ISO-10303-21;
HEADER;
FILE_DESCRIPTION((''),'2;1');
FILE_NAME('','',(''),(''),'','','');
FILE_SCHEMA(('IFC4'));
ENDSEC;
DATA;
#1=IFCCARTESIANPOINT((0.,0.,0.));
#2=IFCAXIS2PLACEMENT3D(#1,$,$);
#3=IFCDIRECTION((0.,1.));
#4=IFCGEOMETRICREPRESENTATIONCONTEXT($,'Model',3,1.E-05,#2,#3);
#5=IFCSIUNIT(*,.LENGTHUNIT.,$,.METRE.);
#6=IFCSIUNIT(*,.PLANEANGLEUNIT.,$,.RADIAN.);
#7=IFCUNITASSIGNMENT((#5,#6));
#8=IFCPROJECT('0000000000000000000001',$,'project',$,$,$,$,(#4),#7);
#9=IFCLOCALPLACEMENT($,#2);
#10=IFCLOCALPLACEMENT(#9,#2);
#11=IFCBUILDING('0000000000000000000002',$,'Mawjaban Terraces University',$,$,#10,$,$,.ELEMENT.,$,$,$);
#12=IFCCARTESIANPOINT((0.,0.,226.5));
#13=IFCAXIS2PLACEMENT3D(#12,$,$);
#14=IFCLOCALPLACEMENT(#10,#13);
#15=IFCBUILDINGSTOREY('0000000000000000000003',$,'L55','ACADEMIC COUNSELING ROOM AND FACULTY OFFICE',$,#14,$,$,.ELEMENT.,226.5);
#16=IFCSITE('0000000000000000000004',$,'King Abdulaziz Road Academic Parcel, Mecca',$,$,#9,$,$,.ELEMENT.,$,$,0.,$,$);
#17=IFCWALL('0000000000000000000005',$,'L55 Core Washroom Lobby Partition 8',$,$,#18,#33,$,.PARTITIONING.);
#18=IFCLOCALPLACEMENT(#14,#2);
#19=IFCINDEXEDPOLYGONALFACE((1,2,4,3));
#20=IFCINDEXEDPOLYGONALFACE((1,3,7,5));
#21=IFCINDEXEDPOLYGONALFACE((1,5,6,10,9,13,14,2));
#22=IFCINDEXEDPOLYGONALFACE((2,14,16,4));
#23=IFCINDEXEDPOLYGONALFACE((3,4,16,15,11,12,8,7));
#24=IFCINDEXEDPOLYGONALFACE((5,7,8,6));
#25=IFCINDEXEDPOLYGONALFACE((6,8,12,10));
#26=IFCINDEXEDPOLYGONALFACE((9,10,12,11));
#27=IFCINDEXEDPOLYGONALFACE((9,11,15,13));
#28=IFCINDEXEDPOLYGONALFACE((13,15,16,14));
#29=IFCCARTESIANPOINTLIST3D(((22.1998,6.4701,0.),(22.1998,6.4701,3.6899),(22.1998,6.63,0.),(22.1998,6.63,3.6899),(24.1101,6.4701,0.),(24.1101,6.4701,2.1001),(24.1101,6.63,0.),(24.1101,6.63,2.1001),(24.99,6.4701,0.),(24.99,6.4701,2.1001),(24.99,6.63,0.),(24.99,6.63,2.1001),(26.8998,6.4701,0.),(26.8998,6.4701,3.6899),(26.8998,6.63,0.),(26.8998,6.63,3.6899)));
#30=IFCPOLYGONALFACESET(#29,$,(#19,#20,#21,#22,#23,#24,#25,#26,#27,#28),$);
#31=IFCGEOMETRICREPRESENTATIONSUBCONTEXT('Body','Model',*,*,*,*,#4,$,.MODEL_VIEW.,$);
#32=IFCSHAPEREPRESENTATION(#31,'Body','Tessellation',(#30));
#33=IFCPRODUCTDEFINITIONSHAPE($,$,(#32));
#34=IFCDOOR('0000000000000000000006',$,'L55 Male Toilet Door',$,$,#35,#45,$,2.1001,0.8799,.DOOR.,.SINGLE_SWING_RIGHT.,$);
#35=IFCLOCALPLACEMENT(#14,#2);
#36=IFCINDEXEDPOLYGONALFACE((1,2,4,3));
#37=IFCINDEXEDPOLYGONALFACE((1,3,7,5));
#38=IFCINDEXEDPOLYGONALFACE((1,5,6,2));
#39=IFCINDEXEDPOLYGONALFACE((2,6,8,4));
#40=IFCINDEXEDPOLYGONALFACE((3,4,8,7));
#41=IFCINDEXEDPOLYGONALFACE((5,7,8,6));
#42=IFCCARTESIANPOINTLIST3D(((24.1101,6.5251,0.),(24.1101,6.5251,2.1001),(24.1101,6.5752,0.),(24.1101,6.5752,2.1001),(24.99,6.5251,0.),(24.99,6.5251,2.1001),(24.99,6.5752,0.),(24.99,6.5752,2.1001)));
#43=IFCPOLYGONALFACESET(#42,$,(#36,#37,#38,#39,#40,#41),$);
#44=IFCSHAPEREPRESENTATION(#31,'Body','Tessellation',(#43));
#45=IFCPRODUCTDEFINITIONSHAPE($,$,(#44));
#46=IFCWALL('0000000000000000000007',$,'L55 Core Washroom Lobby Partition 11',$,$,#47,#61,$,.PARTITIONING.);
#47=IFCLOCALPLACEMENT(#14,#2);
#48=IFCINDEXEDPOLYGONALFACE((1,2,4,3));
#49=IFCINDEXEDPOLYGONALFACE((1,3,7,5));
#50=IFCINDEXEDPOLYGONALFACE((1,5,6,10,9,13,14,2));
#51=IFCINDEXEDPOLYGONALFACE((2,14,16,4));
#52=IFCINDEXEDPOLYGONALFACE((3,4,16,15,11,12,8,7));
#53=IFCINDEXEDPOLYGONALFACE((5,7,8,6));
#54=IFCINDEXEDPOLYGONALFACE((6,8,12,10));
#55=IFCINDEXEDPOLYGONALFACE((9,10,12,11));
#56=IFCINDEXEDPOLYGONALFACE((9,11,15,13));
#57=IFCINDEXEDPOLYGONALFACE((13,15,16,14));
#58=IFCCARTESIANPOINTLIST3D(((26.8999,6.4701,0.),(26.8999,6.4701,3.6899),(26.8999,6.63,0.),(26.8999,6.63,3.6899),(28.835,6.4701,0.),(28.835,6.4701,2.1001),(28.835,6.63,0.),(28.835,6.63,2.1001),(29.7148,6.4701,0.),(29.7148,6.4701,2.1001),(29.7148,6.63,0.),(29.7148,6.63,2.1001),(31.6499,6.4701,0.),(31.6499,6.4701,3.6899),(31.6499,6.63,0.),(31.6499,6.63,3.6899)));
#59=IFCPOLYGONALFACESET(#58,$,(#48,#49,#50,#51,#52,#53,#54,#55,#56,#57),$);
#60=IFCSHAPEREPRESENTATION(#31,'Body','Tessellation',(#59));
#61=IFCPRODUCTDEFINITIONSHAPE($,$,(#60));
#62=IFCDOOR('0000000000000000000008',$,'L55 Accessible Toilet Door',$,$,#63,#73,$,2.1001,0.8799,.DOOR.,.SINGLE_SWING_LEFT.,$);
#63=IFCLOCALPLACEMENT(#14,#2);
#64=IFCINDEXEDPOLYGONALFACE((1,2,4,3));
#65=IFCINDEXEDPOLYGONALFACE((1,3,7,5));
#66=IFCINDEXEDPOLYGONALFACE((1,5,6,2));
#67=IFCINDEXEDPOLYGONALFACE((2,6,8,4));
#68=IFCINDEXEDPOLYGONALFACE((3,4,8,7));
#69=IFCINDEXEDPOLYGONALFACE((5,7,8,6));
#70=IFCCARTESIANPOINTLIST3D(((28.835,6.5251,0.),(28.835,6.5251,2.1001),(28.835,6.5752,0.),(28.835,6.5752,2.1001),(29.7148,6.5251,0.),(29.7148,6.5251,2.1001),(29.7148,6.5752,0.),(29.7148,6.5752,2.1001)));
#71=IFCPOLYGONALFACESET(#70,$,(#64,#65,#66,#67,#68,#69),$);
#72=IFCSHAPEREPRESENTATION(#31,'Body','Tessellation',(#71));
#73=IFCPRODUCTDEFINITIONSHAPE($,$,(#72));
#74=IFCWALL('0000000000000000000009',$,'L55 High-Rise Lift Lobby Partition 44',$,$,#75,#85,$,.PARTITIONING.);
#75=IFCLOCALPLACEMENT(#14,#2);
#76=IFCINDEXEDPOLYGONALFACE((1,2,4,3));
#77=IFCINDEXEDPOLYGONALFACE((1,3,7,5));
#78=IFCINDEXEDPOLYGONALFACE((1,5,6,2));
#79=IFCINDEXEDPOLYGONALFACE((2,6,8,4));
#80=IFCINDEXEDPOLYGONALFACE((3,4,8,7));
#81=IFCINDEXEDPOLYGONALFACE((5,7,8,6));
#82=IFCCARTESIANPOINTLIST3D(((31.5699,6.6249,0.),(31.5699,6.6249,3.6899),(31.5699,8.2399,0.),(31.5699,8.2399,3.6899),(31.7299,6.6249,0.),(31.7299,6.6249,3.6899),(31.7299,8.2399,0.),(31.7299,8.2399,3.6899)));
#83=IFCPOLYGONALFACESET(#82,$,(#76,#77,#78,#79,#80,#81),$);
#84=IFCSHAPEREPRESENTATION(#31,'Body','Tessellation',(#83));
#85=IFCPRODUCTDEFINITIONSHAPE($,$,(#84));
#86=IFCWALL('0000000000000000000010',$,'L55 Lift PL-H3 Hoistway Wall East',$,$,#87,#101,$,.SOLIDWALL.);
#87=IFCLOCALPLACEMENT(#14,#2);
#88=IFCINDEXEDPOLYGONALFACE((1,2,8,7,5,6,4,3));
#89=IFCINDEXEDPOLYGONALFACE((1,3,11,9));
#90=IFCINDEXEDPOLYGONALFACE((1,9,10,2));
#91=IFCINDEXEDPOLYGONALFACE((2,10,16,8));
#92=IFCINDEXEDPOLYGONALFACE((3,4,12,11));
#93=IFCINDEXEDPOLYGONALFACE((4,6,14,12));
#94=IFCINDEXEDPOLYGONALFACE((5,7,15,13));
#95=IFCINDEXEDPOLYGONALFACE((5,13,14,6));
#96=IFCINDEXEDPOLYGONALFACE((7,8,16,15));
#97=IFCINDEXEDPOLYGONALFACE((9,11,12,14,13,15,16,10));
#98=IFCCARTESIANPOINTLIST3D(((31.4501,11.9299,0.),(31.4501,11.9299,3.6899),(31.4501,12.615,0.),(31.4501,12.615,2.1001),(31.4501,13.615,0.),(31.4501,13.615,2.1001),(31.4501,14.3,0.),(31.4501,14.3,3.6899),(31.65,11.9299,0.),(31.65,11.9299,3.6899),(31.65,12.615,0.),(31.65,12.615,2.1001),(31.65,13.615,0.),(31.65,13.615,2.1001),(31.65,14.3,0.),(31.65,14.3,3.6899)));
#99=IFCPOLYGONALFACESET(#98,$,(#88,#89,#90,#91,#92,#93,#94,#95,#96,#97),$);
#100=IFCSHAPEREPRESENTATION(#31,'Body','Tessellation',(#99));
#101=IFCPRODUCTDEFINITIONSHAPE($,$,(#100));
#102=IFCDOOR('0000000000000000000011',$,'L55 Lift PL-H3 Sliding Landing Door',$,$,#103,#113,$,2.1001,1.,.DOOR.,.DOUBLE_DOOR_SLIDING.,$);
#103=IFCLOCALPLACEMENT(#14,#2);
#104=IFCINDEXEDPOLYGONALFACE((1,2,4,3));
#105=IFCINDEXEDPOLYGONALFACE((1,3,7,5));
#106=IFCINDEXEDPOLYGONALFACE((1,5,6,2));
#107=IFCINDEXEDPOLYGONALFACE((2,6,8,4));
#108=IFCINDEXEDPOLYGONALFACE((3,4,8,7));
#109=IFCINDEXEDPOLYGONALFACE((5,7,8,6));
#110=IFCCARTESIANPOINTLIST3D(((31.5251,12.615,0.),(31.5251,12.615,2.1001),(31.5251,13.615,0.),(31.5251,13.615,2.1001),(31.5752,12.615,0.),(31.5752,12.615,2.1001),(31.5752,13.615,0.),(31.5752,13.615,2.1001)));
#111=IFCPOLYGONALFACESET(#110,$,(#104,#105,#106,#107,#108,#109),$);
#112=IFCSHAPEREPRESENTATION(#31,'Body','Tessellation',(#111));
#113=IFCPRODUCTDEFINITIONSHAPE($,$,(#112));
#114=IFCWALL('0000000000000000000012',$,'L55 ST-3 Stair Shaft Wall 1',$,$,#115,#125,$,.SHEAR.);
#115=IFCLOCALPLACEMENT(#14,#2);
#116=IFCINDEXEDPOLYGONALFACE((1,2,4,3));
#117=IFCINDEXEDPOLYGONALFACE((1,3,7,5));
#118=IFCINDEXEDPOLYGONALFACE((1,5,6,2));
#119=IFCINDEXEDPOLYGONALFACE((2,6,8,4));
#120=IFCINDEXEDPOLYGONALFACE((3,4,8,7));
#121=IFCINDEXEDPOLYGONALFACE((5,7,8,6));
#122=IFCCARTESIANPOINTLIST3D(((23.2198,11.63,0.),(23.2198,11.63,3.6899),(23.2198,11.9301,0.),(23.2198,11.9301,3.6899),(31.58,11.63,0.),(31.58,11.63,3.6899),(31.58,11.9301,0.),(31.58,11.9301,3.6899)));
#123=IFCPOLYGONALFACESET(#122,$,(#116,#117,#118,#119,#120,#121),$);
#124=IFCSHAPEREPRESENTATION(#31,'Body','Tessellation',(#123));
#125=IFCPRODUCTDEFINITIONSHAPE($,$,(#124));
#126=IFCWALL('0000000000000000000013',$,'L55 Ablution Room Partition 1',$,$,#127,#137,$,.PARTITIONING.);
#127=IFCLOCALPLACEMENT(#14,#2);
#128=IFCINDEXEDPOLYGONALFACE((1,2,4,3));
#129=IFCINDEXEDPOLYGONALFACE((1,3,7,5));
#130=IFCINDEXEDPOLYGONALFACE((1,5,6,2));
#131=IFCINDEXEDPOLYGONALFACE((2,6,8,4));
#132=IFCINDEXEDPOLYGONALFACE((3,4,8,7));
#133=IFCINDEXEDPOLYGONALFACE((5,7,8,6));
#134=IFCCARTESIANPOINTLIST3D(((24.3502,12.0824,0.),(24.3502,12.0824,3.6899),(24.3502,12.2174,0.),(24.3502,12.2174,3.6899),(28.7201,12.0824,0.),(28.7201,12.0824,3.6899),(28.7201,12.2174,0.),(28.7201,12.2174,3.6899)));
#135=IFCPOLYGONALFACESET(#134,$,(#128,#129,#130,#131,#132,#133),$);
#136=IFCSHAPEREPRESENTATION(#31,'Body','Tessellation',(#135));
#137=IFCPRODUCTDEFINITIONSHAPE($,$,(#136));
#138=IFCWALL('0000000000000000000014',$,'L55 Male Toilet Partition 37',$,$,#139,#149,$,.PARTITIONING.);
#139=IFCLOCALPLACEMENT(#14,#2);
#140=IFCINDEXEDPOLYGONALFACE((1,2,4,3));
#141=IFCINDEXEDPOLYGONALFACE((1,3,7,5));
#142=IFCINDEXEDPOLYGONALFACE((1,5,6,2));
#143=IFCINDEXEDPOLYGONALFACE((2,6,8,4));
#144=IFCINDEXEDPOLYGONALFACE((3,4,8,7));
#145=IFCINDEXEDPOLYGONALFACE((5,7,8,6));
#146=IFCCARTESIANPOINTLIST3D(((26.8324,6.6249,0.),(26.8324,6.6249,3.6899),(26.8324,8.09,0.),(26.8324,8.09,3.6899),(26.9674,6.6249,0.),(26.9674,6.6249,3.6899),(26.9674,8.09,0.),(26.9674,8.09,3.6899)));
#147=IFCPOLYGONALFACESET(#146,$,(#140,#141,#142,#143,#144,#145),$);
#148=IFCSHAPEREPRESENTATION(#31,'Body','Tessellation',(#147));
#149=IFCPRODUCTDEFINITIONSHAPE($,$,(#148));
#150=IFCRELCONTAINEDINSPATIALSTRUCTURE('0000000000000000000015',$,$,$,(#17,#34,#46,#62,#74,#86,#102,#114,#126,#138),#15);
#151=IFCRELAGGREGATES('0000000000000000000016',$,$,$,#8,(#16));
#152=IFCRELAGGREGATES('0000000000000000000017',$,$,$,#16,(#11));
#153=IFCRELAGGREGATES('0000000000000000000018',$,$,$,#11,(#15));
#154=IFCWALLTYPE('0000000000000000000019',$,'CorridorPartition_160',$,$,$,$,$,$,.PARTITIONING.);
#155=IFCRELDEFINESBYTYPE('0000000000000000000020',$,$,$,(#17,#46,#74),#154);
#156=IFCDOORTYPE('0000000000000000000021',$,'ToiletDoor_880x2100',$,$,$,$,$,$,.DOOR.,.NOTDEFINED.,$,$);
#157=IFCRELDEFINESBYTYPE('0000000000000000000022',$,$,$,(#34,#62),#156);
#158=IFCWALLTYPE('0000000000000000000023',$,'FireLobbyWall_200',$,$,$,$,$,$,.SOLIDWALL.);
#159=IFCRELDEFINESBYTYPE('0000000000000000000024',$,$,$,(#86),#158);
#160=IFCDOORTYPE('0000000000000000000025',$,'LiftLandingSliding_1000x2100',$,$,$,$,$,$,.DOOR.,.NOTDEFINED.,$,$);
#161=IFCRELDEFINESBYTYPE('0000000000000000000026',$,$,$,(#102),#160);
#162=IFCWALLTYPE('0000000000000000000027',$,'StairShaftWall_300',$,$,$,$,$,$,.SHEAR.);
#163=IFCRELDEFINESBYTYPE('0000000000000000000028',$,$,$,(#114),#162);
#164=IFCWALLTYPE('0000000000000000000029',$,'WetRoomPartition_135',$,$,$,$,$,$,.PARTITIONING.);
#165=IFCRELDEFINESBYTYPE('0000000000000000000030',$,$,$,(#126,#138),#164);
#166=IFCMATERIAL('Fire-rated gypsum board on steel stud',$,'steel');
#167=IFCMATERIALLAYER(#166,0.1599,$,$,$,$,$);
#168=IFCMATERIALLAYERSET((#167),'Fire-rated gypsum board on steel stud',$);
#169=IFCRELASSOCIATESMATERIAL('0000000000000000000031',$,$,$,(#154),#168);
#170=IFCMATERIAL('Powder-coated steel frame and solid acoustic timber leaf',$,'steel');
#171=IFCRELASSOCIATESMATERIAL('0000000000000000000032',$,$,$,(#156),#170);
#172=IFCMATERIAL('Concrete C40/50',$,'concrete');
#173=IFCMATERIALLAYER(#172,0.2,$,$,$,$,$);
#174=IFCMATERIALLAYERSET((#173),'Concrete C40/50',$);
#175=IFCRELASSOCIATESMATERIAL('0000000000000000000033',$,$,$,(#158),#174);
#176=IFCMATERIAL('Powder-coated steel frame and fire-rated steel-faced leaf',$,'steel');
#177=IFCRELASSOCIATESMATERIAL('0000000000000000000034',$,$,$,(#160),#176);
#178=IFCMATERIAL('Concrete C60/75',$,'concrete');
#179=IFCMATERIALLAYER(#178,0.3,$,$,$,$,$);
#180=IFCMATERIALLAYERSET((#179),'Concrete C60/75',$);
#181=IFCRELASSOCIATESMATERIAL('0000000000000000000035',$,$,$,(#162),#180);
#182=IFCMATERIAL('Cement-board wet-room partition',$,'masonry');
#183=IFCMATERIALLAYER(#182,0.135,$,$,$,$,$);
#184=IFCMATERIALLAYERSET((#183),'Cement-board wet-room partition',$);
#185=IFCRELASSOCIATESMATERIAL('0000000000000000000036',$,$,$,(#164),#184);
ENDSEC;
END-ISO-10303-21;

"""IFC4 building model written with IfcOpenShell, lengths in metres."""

from ifc_helpers import new_model, si_unit, direction, frame, frame_2d, origin, place, context, subcontext, project, spatial, rectangle, extrude, material, layer, layer_set, type_object, element, fill, save


model = new_model("IFC4")

# Units and contexts
model_context = context("Model", 3, precision=1e-05, world=origin(), true_north=direction((0.0, 1.0)))
body_context = subcontext(model_context, "Body", "Model", "MODEL_VIEW")
ifc_project = project(units=[si_unit("LENGTHUNIT", "METRE"), si_unit("PLANEANGLEUNIT", "RADIAN")], contexts=[model_context])

# Site, building, storey
site_placement = place(None, origin())
site = spatial("IfcSite", under=ifc_project, at=site_placement, Name="King Abdulaziz Road Academic Parcel, Mecca", CompositionType="ELEMENT", RefElevation=0.0)
building_placement = place(site_placement, origin())
building = spatial("IfcBuilding", under=site, at=building_placement, Name="Mawjaban Terraces University", CompositionType="ELEMENT")
storey_placement = place(building_placement, frame((0.0, 0.0, 226.5)))
storey = spatial("IfcBuildingStorey", under=building, at=storey_placement, Name="L55", Description="ACADEMIC COUNSELING ROOM AND FACULTY OFFICE", CompositionType="ELEMENT", Elevation=226.5)

# Walls, openings, doors
ifc_material_1 = material(Name="Fire-rated gypsum board on steel stud", Category="steel")
ifc_layer_1 = layer(ifc_material_1, 0.1599)
ifc_layer_set_1 = layer_set([ifc_layer_1], Name="Fire-rated gypsum board on steel stud")
wall_type_1 = type_object("IfcWallType", Name="CorridorPartition_160", PredefinedType="PARTITIONING", material=ifc_layer_set_1)
wall_1_placement = place(storey_placement, frame((26.8999, 6.55, 0.0), z_axis=(0.0, 0.0, 1.0), x_axis=(-1.0, 0.0, 0.0)))
wall_1 = element("IfcWall", 1, at=wall_1_placement, inside=storey, type_object=wall_type_1, Name="L55 Core Washroom Lobby Partition 8", PredefinedType="PARTITIONING", context=body_context, shape_type="SweptSolid", body=[
    extrude(rectangle(XDim=4.7, YDim=0.1599, at=frame_2d((2.3501, 0.0))), origin(), (0.0, 0.0, 1.0), 3.6899),
])
opening_1_placement = place(wall_1_placement, frame((1.9099, 0.0, 0.0)))
opening_1 = element("IfcOpeningElement", 2, at=opening_1_placement, cuts=wall_1, PredefinedType="OPENING", context=body_context, shape_type="SweptSolid", body=[
    extrude(rectangle(XDim=0.8799, YDim=2.1001, at=frame_2d((0.4399, 1.05))), frame((0.0, 0.0898, 0.0), z_axis=(0.0, -1.0, 0.0), x_axis=(1.0, 0.0, 0.0)), (0.0, 0.0, 1.0), 0.1799),
])
ifc_material_2 = material(Name="Powder-coated steel frame and solid acoustic timber leaf", Category="steel")
door_type_1 = type_object("IfcDoorType", Name="ToiletDoor_880x2100", OperationType="NOTDEFINED", PredefinedType="DOOR", material=ifc_material_2)
door_1_placement = place(opening_1_placement, origin())
door_1 = element("IfcDoor", 3, at=door_1_placement, inside=storey, type_object=door_type_1, Name="L55 Male Toilet Door", OperationType="SINGLE_SWING_RIGHT", OverallHeight=2.1001, OverallWidth=0.8799, PredefinedType="DOOR", context=body_context, shape_type="SweptSolid", body=[
    extrude(rectangle(XDim=0.8799, YDim=2.1001, at=frame_2d((0.4399, 1.05))), frame((0.0, 0.0249, 0.0), z_axis=(0.0, -1.0, 0.0), x_axis=(1.0, 0.0, 0.0)), (0.0, 0.0, 1.0), 0.05),
])
fill(opening_1, door_1)
wall_2_placement = place(storey_placement, frame((31.6499, 6.55, 0.0), z_axis=(0.0, 0.0, 1.0), x_axis=(-1.0, 0.0, 0.0)))
wall_2 = element("IfcWall", 4, at=wall_2_placement, inside=storey, type_object=wall_type_1, Name="L55 Core Washroom Lobby Partition 11", PredefinedType="PARTITIONING", context=body_context, shape_type="SweptSolid", body=[
    extrude(rectangle(XDim=4.75, YDim=0.1599, at=frame_2d((2.375, 0.0))), origin(), (0.0, 0.0, 1.0), 3.6899),
])
opening_2_placement = place(wall_2_placement, frame((1.9351, 0.0, 0.0)))
opening_2 = element("IfcOpeningElement", 5, at=opening_2_placement, cuts=wall_2, PredefinedType="OPENING", context=body_context, shape_type="SweptSolid", body=[
    extrude(rectangle(XDim=0.8799, YDim=2.1001, at=frame_2d((0.4399, 1.05))), frame((0.0, 0.0898, 0.0), z_axis=(0.0, -1.0, 0.0), x_axis=(1.0, 0.0, 0.0)), (0.0, 0.0, 1.0), 0.1799),
])
door_2_placement = place(opening_2_placement, origin())
door_2 = element("IfcDoor", 6, at=door_2_placement, inside=storey, type_object=door_type_1, Name="L55 Accessible Toilet Door", OperationType="SINGLE_SWING_LEFT", OverallHeight=2.1001, OverallWidth=0.8799, PredefinedType="DOOR", context=body_context, shape_type="SweptSolid", body=[
    extrude(rectangle(XDim=0.8799, YDim=2.1001, at=frame_2d((0.4399, 1.05))), frame((0.0, 0.0249, 0.0), z_axis=(0.0, -1.0, 0.0), x_axis=(1.0, 0.0, 0.0)), (0.0, 0.0, 1.0), 0.05),
])
fill(opening_2, door_2)

# Wall
wall_3_placement = place(storey_placement, frame((31.6499, 8.24, 0.0), z_axis=(0.0, 0.0, 1.0), x_axis=(0.0, -1.0, 0.0)))
element("IfcWall", 7, at=wall_3_placement, inside=storey, type_object=wall_type_1, Name="L55 High-Rise Lift Lobby Partition 44", PredefinedType="PARTITIONING", context=body_context, shape_type="SweptSolid", body=[
    extrude(rectangle(XDim=1.615, YDim=0.1599, at=frame_2d((0.8076, 0.0))), origin(), (0.0, 0.0, 1.0), 3.6899),
])

# Wall, opening, door
ifc_material_3 = material(Name="Concrete C40/50", Category="concrete")
ifc_layer_2 = layer(ifc_material_3, 0.2)
ifc_layer_set_2 = layer_set([ifc_layer_2], Name="Concrete C40/50")
wall_type_2 = type_object("IfcWallType", Name="FireLobbyWall_200", PredefinedType="SOLIDWALL", material=ifc_layer_set_2)
wall_4_placement = place(storey_placement, frame((31.55, 11.9299, 0.0), z_axis=(0.0, 0.0, 1.0), x_axis=(0.0, 1.0, 0.0)))
wall_4 = element("IfcWall", 8, at=wall_4_placement, inside=storey, type_object=wall_type_2, Name="L55 Lift PL-H3 Hoistway Wall East", PredefinedType="SOLIDWALL", context=body_context, shape_type="SweptSolid", body=[
    extrude(rectangle(XDim=2.3701, YDim=0.2, at=frame_2d((1.1851, 0.0))), origin(), (0.0, 0.0, 1.0), 3.6899),
])
opening_3_placement = place(wall_4_placement, frame((0.6851, 0.0, 0.0)))
opening_3 = element("IfcOpeningElement", 9, at=opening_3_placement, cuts=wall_4, PredefinedType="OPENING", context=body_context, shape_type="SweptSolid", body=[
    extrude(rectangle(XDim=1.0, YDim=2.1001, at=frame_2d((0.5, 1.05))), frame((0.0, 0.1099, 0.0), z_axis=(0.0, -1.0, 0.0), x_axis=(1.0, 0.0, 0.0)), (0.0, 0.0, 1.0), 0.22),
])
ifc_material_4 = material(Name="Powder-coated steel frame and fire-rated steel-faced leaf", Category="steel")
door_type_2 = type_object("IfcDoorType", Name="LiftLandingSliding_1000x2100", OperationType="NOTDEFINED", PredefinedType="DOOR", material=ifc_material_4)
door_3_placement = place(opening_3_placement, origin())
door_3 = element("IfcDoor", 10, at=door_3_placement, inside=storey, type_object=door_type_2, Name="L55 Lift PL-H3 Sliding Landing Door", OperationType="DOUBLE_DOOR_SLIDING", OverallHeight=2.1001, OverallWidth=1.0, PredefinedType="DOOR", context=body_context, shape_type="SweptSolid", body=[
    extrude(rectangle(XDim=1.0, YDim=2.1001, at=frame_2d((0.5, 1.05))), frame((0.0, 0.0249, 0.0), z_axis=(0.0, -1.0, 0.0), x_axis=(1.0, 0.0, 0.0)), (0.0, 0.0, 1.0), 0.05),
])
fill(opening_3, door_3)

# Wall
ifc_material_5 = material(Name="Concrete C60/75", Category="concrete")
ifc_layer_3 = layer(ifc_material_5, 0.3)
ifc_layer_set_3 = layer_set([ifc_layer_3], Name="Concrete C60/75")
wall_type_3 = type_object("IfcWallType", Name="StairShaftWall_300", PredefinedType="SHEAR", material=ifc_layer_set_3)
wall_5_placement = place(storey_placement, frame((31.5801, 11.78, 0.0), z_axis=(0.0, 0.0, 1.0), x_axis=(-1.0, 0.0, 0.0)))
element("IfcWall", 11, at=wall_5_placement, inside=storey, type_object=wall_type_3, Name="L55 ST-3 Stair Shaft Wall 1", PredefinedType="SHEAR", context=body_context, shape_type="SweptSolid", body=[
    extrude(rectangle(XDim=8.3601, YDim=0.3, at=frame_2d((4.1802, 0.0))), origin(), (0.0, 0.0, 1.0), 3.6899),
])

# Walls
ifc_material_6 = material(Name="Cement-board wet-room partition", Category="masonry")
ifc_layer_4 = layer(ifc_material_6, 0.135)
ifc_layer_set_4 = layer_set([ifc_layer_4], Name="Cement-board wet-room partition")
wall_type_4 = type_object("IfcWallType", Name="WetRoomPartition_135", PredefinedType="PARTITIONING", material=ifc_layer_set_4)
wall_6_placement = place(storey_placement, frame((24.3501, 12.1499, 0.0), z_axis=(0.0, 0.0, 1.0), x_axis=(1.0, 0.0, 0.0)))
element("IfcWall", 12, at=wall_6_placement, inside=storey, type_object=wall_type_4, Name="L55 Ablution Room Partition 1", PredefinedType="PARTITIONING", context=body_context, shape_type="SweptSolid", body=[
    extrude(rectangle(XDim=4.3699, YDim=0.135, at=frame_2d((2.1851, 0.0))), origin(), (0.0, 0.0, 1.0), 3.6899),
])
wall_7_placement = place(storey_placement, frame((26.8999, 6.625, 0.0), z_axis=(0.0, 0.0, 1.0), x_axis=(0.0, 1.0, 0.0)))
element("IfcWall", 13, at=wall_7_placement, inside=storey, type_object=wall_type_4, Name="L55 Male Toilet Partition 37", PredefinedType="PARTITIONING", context=body_context, shape_type="SweptSolid", body=[
    extrude(rectangle(XDim=1.4651, YDim=0.135, at=frame_2d((0.7324, 0.0))), origin(), (0.0, 0.0, 1.0), 3.6899),
])

save(model, "model.ifc")
